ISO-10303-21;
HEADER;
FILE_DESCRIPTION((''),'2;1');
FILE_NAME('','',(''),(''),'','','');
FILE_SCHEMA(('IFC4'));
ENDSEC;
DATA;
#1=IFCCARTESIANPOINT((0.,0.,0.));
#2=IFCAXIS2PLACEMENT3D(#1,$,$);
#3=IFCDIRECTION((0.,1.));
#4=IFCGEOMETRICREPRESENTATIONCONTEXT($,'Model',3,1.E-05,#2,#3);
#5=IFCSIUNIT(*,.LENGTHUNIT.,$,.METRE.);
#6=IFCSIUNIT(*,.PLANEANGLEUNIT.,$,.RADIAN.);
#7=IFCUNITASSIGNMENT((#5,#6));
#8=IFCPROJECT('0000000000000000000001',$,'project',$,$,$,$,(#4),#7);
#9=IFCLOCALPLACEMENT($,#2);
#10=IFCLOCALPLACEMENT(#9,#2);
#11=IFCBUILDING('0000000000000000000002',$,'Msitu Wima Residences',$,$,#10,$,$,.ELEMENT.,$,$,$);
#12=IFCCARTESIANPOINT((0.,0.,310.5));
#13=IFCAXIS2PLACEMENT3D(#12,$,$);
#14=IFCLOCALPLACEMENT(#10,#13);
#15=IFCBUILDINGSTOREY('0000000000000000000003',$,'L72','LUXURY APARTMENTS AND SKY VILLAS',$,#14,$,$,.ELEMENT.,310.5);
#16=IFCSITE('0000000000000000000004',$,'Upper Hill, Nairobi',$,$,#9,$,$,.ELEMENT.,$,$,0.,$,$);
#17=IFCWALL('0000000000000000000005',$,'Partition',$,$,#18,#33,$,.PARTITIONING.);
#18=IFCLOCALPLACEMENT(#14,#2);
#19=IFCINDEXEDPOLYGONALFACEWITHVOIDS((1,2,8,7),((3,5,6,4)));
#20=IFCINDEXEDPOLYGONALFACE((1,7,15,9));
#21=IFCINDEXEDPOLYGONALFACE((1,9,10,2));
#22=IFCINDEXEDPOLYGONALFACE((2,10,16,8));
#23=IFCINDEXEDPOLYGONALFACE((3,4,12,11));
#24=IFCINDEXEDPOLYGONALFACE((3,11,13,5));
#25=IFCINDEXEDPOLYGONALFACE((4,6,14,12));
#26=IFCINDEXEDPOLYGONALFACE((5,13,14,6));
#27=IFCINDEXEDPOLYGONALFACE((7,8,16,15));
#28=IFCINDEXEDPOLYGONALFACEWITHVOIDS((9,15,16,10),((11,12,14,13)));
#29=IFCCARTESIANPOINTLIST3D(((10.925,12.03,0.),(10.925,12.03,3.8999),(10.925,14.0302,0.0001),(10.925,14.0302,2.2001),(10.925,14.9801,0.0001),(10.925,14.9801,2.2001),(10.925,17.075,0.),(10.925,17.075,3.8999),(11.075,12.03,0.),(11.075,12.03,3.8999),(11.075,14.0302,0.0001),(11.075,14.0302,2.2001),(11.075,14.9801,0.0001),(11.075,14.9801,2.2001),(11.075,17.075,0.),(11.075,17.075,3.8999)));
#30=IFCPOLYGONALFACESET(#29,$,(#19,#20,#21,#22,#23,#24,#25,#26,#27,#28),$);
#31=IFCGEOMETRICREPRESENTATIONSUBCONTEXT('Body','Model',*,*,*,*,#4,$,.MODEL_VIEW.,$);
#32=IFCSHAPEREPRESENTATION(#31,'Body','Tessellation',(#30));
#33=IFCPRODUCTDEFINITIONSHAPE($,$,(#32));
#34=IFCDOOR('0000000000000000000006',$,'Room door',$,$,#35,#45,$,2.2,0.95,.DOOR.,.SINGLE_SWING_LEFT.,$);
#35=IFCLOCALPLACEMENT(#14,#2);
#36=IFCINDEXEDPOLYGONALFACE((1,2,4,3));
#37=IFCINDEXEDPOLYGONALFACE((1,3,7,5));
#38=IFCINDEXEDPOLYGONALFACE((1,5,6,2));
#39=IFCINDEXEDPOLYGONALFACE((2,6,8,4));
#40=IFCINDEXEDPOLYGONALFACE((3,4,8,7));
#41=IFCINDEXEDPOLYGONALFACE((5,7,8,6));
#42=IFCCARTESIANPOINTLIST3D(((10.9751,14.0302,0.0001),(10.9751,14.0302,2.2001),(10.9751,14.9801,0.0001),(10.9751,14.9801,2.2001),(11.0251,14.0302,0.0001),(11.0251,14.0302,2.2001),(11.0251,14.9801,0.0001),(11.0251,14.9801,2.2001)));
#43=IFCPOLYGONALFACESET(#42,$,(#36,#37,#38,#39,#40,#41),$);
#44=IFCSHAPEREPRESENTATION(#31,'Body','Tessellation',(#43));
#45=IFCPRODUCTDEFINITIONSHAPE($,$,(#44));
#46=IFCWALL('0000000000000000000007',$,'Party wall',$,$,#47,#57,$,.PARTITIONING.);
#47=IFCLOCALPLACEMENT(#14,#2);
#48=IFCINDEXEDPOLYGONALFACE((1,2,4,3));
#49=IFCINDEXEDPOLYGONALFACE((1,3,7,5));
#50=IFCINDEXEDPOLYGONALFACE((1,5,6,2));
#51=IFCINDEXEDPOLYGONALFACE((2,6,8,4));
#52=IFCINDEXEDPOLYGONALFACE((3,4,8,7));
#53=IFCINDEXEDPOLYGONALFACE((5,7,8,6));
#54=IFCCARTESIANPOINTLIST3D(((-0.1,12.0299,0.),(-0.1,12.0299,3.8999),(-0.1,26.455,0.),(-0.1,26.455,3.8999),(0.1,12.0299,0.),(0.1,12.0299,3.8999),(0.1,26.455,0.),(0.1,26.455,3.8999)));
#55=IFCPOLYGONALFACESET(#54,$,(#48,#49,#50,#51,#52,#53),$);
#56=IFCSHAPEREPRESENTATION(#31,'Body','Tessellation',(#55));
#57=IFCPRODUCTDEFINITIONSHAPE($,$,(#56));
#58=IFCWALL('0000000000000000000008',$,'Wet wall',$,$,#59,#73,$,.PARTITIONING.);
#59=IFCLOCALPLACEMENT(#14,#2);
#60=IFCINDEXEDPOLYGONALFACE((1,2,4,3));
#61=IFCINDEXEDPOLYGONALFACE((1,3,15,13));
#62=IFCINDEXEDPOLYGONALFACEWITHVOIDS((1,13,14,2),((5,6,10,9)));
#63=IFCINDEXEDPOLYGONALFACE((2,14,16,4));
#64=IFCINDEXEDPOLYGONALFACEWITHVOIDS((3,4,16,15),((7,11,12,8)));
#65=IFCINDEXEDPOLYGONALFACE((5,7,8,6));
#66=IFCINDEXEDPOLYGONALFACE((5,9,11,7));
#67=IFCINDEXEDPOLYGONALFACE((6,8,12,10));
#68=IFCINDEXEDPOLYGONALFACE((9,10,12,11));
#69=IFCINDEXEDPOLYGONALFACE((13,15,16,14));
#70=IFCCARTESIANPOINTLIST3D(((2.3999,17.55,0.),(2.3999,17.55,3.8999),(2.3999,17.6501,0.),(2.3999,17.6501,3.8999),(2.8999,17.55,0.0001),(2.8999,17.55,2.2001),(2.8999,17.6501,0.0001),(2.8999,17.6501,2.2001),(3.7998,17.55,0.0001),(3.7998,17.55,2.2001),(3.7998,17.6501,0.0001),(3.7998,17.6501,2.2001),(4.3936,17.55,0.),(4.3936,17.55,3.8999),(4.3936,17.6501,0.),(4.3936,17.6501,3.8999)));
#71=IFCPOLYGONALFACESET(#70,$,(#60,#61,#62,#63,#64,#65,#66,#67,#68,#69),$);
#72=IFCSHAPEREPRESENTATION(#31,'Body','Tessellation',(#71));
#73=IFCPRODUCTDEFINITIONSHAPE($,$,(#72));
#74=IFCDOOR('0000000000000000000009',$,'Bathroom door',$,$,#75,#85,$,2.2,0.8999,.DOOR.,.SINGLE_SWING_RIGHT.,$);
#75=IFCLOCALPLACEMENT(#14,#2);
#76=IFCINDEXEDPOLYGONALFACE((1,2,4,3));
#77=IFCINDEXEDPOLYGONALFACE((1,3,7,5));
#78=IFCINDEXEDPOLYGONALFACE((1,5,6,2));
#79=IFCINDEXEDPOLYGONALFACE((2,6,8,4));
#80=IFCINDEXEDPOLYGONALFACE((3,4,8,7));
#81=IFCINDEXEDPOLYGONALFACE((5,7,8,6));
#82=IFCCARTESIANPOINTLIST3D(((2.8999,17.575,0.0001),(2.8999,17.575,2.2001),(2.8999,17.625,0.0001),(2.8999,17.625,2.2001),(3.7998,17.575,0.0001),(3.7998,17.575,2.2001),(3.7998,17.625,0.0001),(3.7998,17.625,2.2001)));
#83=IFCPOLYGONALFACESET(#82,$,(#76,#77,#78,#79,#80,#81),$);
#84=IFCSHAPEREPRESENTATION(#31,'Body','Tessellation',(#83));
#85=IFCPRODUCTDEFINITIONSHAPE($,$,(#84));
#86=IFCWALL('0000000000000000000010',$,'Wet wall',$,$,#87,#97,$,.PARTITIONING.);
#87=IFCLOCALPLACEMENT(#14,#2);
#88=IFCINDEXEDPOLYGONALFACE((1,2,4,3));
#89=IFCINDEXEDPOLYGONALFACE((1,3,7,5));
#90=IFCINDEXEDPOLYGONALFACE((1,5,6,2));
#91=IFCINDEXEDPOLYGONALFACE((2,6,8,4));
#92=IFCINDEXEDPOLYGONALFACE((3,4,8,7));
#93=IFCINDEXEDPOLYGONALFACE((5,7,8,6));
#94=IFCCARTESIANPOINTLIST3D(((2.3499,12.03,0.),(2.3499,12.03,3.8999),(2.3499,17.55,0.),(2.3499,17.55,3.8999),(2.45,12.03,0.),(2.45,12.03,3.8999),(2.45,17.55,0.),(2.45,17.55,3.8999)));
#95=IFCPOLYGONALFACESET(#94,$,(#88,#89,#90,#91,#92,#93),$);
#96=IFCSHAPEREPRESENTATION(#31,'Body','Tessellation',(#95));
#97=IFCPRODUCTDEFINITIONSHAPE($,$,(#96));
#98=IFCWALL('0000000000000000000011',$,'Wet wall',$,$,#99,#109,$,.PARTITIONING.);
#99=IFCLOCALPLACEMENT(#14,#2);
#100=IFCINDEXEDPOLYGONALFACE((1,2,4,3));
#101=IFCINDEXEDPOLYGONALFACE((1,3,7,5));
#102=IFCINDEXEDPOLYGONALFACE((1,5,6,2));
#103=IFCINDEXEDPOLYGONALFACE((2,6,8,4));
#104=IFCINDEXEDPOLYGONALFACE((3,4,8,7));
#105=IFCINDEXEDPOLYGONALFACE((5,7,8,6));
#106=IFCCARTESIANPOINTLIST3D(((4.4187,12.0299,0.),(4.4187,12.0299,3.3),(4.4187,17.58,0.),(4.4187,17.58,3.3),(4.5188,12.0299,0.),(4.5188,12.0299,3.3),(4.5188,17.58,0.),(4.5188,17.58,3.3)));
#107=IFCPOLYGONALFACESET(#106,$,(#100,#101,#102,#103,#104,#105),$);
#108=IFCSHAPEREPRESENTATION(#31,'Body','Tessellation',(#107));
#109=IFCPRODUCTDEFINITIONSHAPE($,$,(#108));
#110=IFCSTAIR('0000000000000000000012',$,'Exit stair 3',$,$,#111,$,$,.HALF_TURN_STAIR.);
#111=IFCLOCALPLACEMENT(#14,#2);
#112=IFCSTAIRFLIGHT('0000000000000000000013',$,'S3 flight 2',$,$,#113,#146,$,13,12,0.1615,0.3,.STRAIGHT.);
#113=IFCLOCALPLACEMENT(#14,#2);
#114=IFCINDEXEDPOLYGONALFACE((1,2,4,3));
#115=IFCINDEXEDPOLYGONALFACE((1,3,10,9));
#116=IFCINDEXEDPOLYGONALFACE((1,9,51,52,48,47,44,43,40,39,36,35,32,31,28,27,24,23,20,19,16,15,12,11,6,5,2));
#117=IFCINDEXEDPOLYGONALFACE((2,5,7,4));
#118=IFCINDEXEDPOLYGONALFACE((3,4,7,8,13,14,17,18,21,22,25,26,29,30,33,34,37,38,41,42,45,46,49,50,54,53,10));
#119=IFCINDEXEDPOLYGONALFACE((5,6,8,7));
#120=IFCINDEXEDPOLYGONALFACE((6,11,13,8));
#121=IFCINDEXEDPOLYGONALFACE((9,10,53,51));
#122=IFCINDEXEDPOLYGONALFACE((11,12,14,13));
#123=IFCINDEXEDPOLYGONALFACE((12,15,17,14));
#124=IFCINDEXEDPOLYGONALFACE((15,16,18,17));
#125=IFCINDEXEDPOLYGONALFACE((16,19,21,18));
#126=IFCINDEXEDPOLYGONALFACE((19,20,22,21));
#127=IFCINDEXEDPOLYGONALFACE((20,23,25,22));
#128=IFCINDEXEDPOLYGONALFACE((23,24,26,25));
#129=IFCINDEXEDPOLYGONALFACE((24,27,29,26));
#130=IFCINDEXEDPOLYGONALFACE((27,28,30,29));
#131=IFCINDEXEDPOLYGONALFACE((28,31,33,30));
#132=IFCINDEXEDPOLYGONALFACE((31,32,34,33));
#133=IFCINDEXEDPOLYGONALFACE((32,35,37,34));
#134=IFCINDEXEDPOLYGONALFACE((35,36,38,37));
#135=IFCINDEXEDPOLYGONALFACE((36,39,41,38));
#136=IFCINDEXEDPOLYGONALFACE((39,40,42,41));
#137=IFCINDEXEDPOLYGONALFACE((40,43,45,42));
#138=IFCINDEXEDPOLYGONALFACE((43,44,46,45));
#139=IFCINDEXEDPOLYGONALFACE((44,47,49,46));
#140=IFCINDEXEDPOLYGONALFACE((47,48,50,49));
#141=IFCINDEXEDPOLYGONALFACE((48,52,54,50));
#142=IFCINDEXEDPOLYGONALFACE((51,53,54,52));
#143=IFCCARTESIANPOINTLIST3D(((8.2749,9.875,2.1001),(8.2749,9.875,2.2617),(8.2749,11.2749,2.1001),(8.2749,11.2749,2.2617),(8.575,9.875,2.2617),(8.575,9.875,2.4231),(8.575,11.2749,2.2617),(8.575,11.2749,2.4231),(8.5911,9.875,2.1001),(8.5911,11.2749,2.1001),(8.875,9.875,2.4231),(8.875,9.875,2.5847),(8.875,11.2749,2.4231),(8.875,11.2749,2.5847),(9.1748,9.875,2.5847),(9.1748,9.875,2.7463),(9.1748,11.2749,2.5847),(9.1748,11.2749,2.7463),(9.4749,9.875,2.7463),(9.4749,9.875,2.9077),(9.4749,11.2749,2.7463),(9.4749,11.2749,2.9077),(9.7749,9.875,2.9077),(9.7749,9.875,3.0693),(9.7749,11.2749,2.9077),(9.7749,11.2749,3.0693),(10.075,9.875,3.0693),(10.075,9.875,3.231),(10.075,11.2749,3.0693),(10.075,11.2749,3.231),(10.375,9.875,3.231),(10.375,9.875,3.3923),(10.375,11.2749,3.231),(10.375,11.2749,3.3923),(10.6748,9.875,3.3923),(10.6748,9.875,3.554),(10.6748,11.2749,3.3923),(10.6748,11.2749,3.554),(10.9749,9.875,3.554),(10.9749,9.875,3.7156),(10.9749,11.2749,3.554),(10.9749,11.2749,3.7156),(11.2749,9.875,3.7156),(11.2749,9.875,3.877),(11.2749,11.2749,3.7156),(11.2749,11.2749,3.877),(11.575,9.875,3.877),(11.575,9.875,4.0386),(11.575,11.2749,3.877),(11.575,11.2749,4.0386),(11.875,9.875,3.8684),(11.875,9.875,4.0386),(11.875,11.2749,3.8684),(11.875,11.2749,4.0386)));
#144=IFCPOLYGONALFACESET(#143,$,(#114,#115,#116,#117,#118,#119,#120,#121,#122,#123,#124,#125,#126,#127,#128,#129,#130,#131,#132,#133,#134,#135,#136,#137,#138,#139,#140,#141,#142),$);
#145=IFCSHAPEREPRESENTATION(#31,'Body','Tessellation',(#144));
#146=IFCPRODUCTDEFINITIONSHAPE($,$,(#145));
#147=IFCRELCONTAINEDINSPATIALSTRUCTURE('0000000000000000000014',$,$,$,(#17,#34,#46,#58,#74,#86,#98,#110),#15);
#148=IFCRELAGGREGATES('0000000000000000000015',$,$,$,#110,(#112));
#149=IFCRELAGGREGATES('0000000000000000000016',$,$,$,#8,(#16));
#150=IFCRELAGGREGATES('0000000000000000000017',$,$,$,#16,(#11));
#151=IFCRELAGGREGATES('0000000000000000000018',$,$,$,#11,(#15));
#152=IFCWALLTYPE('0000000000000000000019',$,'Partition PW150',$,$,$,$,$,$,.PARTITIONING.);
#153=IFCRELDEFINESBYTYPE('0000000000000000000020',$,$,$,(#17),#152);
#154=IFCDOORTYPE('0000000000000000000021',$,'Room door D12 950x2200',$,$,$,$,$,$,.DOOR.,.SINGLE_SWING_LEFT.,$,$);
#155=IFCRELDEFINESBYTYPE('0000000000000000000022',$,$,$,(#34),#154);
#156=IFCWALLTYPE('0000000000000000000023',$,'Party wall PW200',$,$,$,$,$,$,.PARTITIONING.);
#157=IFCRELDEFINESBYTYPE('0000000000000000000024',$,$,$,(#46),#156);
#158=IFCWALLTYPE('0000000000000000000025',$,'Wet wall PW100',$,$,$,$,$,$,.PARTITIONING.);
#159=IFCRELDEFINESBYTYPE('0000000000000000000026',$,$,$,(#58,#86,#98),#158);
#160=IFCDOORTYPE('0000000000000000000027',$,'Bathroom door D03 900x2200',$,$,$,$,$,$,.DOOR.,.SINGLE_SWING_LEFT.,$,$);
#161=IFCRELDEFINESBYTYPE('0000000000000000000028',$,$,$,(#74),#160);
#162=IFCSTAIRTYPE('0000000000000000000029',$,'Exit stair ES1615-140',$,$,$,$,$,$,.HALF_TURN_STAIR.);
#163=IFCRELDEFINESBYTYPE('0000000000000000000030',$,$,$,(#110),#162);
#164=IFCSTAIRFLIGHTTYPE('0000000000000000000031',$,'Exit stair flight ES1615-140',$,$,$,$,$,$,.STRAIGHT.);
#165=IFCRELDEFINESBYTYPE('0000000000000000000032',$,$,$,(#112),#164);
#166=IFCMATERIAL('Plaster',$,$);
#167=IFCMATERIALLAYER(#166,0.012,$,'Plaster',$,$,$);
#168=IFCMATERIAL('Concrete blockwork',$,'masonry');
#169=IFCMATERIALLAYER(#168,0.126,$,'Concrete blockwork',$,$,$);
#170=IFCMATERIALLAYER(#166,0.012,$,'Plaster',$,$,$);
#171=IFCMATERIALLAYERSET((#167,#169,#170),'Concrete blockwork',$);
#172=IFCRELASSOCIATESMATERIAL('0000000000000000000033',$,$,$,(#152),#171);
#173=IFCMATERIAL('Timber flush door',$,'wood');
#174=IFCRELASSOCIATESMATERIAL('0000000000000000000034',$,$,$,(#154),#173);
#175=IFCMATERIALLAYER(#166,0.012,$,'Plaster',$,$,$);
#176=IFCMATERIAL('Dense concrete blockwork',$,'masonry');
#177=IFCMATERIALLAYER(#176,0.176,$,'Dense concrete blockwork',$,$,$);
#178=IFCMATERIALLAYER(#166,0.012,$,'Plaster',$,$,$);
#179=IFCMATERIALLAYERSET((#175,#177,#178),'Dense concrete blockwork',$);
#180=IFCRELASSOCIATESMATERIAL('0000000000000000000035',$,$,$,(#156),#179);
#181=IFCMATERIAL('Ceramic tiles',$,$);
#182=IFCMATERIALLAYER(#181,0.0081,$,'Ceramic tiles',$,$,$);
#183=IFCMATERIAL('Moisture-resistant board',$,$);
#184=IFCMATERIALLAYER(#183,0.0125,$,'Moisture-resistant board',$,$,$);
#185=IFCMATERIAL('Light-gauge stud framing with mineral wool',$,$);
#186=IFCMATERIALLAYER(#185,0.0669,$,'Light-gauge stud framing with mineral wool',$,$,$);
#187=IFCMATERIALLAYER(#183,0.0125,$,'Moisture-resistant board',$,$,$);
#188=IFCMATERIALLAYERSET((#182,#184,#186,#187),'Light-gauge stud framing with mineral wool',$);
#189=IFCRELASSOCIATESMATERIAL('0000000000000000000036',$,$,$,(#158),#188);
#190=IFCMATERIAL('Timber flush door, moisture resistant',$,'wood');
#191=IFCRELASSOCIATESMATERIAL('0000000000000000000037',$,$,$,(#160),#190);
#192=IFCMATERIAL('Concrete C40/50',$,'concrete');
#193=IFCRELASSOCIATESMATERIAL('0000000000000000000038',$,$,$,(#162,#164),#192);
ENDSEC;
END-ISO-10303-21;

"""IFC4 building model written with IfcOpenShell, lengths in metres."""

from ifc_helpers import new_model, si_unit, direction, frame, frame_2d, origin, place, context, subcontext, project, spatial, polyline, rectangle, outline, extrude, material, layer, layer_set, type_object, element, fill, aggregate, save


model = new_model("IFC4")

# Units and contexts
model_context = context("Model", 3, precision=1e-05, world=origin(), true_north=direction((0.0, 1.0)))
body_context = subcontext(model_context, "Body", "Model", "MODEL_VIEW")
ifc_project = project(units=[si_unit("LENGTHUNIT", "METRE"), si_unit("PLANEANGLEUNIT", "RADIAN")], contexts=[model_context])

# Site, building, storey
site_placement = place(None, origin())
site = spatial("IfcSite", under=ifc_project, at=site_placement, Name="Upper Hill, Nairobi", CompositionType="ELEMENT", RefElevation=0.0)
building_placement = place(site_placement, origin())
building = spatial("IfcBuilding", under=site, at=building_placement, Name="Msitu Wima Residences", CompositionType="ELEMENT")
storey_placement = place(building_placement, frame((0.0, 0.0, 310.5)))
storey = spatial("IfcBuildingStorey", under=building, at=storey_placement, Name="L72", Description="LUXURY APARTMENTS AND SKY VILLAS", CompositionType="ELEMENT", Elevation=310.5)

# Shared definitions
ifc_material_1 = material(Name="Concrete C40/50", Category="concrete")

# Shared definitions
ifc_material_2 = material(Name="Plaster")
ifc_layer_1 = layer(ifc_material_2, 0.012, Name="Plaster")
ifc_material_3 = material(Name="Concrete blockwork", Category="masonry")
ifc_layer_2 = layer(ifc_material_3, 0.126, Name="Concrete blockwork")
ifc_layer_3 = layer(ifc_material_2, 0.012, Name="Plaster")
ifc_layer_set_1 = layer_set([ifc_layer_1, ifc_layer_2, ifc_layer_3], Name="Concrete blockwork")
wall_type_1 = type_object("IfcWallType", Name="Partition PW150", PredefinedType="PARTITIONING", material=ifc_layer_set_1)
ifc_material_4 = material(Name="Timber flush door", Category="wood")
door_type_1 = type_object("IfcDoorType", Name="Room door D12 950x2200", OperationType="SINGLE_SWING_LEFT", PredefinedType="DOOR", material=ifc_material_4)

# Wall, opening, door
wall_1_placement = place(storey_placement, frame((11.0, 12.03, 0.0), z_axis=(0.0, 0.0, 1.0), x_axis=(0.0, 1.0, 0.0)))
wall_1 = element("IfcWall", 1, at=wall_1_placement, inside=storey, type_object=wall_type_1, Name="Partition", PredefinedType="PARTITIONING", context=body_context, shape_type="SweptSolid", body=[
    extrude(rectangle(XDim=5.0449, YDim=0.1499, at=frame_2d((2.5225, 0.0))), origin(), (0.0, 0.0, 1.0), 3.8999),
])
opening_1_placement = place(wall_1_placement, frame((2.0, 0.0, 0.0)))
opening_1 = element("IfcOpeningElement", 2, at=opening_1_placement, cuts=wall_1, PredefinedType="OPENING", context=body_context, shape_type="SweptSolid", body=[
    extrude(rectangle(XDim=0.95, YDim=2.2, at=frame_2d((0.4751, 1.1001))), frame((0.0, 0.085, 0.0), z_axis=(0.0, -1.0, 0.0), x_axis=(1.0, 0.0, 0.0)), (0.0, 0.0, 1.0), 0.1699),
])
door_1_placement = place(opening_1_placement, origin())
door_1 = element("IfcDoor", 3, at=door_1_placement, inside=storey, type_object=door_type_1, Name="Room door", OperationType="SINGLE_SWING_LEFT", OverallHeight=2.2, OverallWidth=0.95, PredefinedType="DOOR", context=body_context, shape_type="SweptSolid", body=[
    extrude(rectangle(XDim=0.95, YDim=2.2, at=frame_2d((0.4751, 1.1001))), frame((0.0, 0.0249, 0.0), z_axis=(0.0, -1.0, 0.0), x_axis=(1.0, 0.0, 0.0)), (0.0, 0.0, 1.0), 0.05),
])
fill(opening_1, door_1)

# Wall
ifc_layer_4 = layer(ifc_material_2, 0.012, Name="Plaster")
ifc_material_5 = material(Name="Dense concrete blockwork", Category="masonry")
ifc_layer_5 = layer(ifc_material_5, 0.176, Name="Dense concrete blockwork")
ifc_layer_6 = layer(ifc_material_2, 0.012, Name="Plaster")
ifc_layer_set_2 = layer_set([ifc_layer_4, ifc_layer_5, ifc_layer_6], Name="Dense concrete blockwork")
wall_type_2 = type_object("IfcWallType", Name="Party wall PW200", PredefinedType="PARTITIONING", material=ifc_layer_set_2)
wall_2_placement = place(storey_placement, frame((0.0, 12.03, 0.0), z_axis=(0.0, 0.0, 1.0), x_axis=(0.0, 1.0, 0.0)))
element("IfcWall", 4, at=wall_2_placement, inside=storey, type_object=wall_type_2, Name="Party wall", PredefinedType="PARTITIONING", context=body_context, shape_type="SweptSolid", body=[
    extrude(rectangle(XDim=14.425, YDim=0.2, at=frame_2d((7.2124, 0.0))), origin(), (0.0, 0.0, 1.0), 3.8999),
])

# Wall, opening, door
ifc_material_6 = material(Name="Ceramic tiles")
ifc_layer_7 = layer(ifc_material_6, 0.0081, Name="Ceramic tiles")
ifc_material_7 = material(Name="Moisture-resistant board")
ifc_layer_8 = layer(ifc_material_7, 0.0125, Name="Moisture-resistant board")
ifc_material_8 = material(Name="Light-gauge stud framing with mineral wool")
ifc_layer_9 = layer(ifc_material_8, 0.0669, Name="Light-gauge stud framing with mineral wool")
ifc_layer_10 = layer(ifc_material_7, 0.0125, Name="Moisture-resistant board")
ifc_layer_set_3 = layer_set([ifc_layer_7, ifc_layer_8, ifc_layer_9, ifc_layer_10], Name="Light-gauge stud framing with mineral wool")
wall_type_3 = type_object("IfcWallType", Name="Wet wall PW100", PredefinedType="PARTITIONING", material=ifc_layer_set_3)
wall_3_placement = place(storey_placement, frame((2.3999, 17.6001, 0.0), z_axis=(0.0, 0.0, 1.0), x_axis=(1.0, 0.0, 0.0)))
wall_3 = element("IfcWall", 5, at=wall_3_placement, inside=storey, type_object=wall_type_3, Name="Wet wall", PredefinedType="PARTITIONING", context=body_context, shape_type="SweptSolid", body=[
    extrude(rectangle(XDim=1.9937, YDim=0.1001, at=frame_2d((0.9968, 0.0))), origin(), (0.0, 0.0, 1.0), 3.8999),
])
opening_2_placement = place(wall_3_placement, frame((0.5, 0.0, 0.0)))
opening_2 = element("IfcOpeningElement", 6, at=opening_2_placement, cuts=wall_3, PredefinedType="OPENING", context=body_context, shape_type="SweptSolid", body=[
    extrude(rectangle(XDim=0.8999, YDim=2.2, at=frame_2d((0.45, 1.1001))), frame((0.0, 0.0601, 0.0), z_axis=(0.0, -1.0, 0.0), x_axis=(1.0, 0.0, 0.0)), (0.0, 0.0, 1.0), 0.1201),
])
ifc_material_9 = material(Name="Timber flush door, moisture resistant", Category="wood")
door_type_2 = type_object("IfcDoorType", Name="Bathroom door D03 900x2200", OperationType="SINGLE_SWING_LEFT", PredefinedType="DOOR", material=ifc_material_9)
door_2_placement = place(opening_2_placement, origin())
door_2 = element("IfcDoor", 7, at=door_2_placement, inside=storey, type_object=door_type_2, Name="Bathroom door", OperationType="SINGLE_SWING_RIGHT", OverallHeight=2.2, OverallWidth=0.8999, PredefinedType="DOOR", context=body_context, shape_type="SweptSolid", body=[
    extrude(rectangle(XDim=0.8999, YDim=2.2, at=frame_2d((0.45, 1.1001))), frame((0.0, 0.0249, 0.0), z_axis=(0.0, -1.0, 0.0), x_axis=(1.0, 0.0, 0.0)), (0.0, 0.0, 1.0), 0.05),
])
fill(opening_2, door_2)

# Walls
wall_4_placement = place(storey_placement, frame((2.3999, 12.03, 0.0), z_axis=(0.0, 0.0, 1.0), x_axis=(0.0, 1.0, 0.0)))
element("IfcWall", 8, at=wall_4_placement, inside=storey, type_object=wall_type_3, Name="Wet wall", PredefinedType="PARTITIONING", context=body_context, shape_type="SweptSolid", body=[
    extrude(rectangle(XDim=5.52, YDim=0.1001, at=frame_2d((2.76, 0.0))), origin(), (0.0, 0.0, 1.0), 3.8999),
])
wall_5_placement = place(storey_placement, frame((4.4688, 12.03, 0.0), z_axis=(0.0, 0.0, 1.0), x_axis=(0.0, 1.0, 0.0)))
element("IfcWall", 9, at=wall_5_placement, inside=storey, type_object=wall_type_3, Name="Wet wall", PredefinedType="PARTITIONING", context=body_context, shape_type="SweptSolid", body=[
    extrude(rectangle(XDim=5.55, YDim=0.1001, at=frame_2d((2.7749, 0.0))), origin(), (0.0, 0.0, 1.0), 3.3),
])

# Stair, stair flight
stair_type = type_object("IfcStairType", Name="Exit stair ES1615-140", PredefinedType="HALF_TURN_STAIR", material=ifc_material_1)
stair_placement = place(storey_placement, origin())
stair = element("IfcStair", 10, at=stair_placement, inside=storey, type_object=stair_type, Name="Exit stair 3", PredefinedType="HALF_TURN_STAIR")
stair_flight_type = type_object("IfcStairFlightType", Name="Exit stair flight ES1615-140", PredefinedType="STRAIGHT", material=ifc_material_1)
stair_flight_placement = place(storey_placement, frame((8.2749, 10.575, 2.1001), z_axis=(0.0, 0.0, 1.0), x_axis=(1.0, 0.0, 0.0)))
stair_flight = element("IfcStairFlight", 11, at=stair_flight_placement, type_object=stair_flight_type, Name="S3 flight 2", NumberOfRisers=13, NumberOfTreads=12, PredefinedType="STRAIGHT", RiserHeight=0.1615, TreadLength=0.3, context=body_context, shape_type="SweptSolid", body=[
    extrude(outline(polyline([(0.0, 0.0), (0.0, 0.1616), (0.3, 0.1616), (0.3, 0.323), (0.6001, 0.323), (0.6001, 0.4846), (0.8999, 0.4846), (0.8999, 0.6462), (1.2, 0.6462), (1.2, 0.8076), (1.5, 0.8076), (1.5, 0.9692), (1.8, 0.9692), (1.8, 1.1309), (2.1001, 1.1309), (2.1001, 1.2922), (2.3999, 1.2922), (2.3999, 1.4539), (2.7, 1.4539), (2.7, 1.6155), (3.0, 1.6155), (3.0, 1.7769), (3.3, 1.7769), (3.3, 1.9385), (3.6001, 1.9385), (3.6001, 2.1001), (3.6001, 1.7683), (0.3162, 0.0), (0.0, 0.0)])), frame((0.0, 0.7, 0.0), z_axis=(0.0, -1.0, 0.0), x_axis=(1.0, 0.0, 0.0)), (0.0, 0.0, 1.0), 1.3999),
])
aggregate(stair, [stair_flight])

save(model, "model.ifc")
